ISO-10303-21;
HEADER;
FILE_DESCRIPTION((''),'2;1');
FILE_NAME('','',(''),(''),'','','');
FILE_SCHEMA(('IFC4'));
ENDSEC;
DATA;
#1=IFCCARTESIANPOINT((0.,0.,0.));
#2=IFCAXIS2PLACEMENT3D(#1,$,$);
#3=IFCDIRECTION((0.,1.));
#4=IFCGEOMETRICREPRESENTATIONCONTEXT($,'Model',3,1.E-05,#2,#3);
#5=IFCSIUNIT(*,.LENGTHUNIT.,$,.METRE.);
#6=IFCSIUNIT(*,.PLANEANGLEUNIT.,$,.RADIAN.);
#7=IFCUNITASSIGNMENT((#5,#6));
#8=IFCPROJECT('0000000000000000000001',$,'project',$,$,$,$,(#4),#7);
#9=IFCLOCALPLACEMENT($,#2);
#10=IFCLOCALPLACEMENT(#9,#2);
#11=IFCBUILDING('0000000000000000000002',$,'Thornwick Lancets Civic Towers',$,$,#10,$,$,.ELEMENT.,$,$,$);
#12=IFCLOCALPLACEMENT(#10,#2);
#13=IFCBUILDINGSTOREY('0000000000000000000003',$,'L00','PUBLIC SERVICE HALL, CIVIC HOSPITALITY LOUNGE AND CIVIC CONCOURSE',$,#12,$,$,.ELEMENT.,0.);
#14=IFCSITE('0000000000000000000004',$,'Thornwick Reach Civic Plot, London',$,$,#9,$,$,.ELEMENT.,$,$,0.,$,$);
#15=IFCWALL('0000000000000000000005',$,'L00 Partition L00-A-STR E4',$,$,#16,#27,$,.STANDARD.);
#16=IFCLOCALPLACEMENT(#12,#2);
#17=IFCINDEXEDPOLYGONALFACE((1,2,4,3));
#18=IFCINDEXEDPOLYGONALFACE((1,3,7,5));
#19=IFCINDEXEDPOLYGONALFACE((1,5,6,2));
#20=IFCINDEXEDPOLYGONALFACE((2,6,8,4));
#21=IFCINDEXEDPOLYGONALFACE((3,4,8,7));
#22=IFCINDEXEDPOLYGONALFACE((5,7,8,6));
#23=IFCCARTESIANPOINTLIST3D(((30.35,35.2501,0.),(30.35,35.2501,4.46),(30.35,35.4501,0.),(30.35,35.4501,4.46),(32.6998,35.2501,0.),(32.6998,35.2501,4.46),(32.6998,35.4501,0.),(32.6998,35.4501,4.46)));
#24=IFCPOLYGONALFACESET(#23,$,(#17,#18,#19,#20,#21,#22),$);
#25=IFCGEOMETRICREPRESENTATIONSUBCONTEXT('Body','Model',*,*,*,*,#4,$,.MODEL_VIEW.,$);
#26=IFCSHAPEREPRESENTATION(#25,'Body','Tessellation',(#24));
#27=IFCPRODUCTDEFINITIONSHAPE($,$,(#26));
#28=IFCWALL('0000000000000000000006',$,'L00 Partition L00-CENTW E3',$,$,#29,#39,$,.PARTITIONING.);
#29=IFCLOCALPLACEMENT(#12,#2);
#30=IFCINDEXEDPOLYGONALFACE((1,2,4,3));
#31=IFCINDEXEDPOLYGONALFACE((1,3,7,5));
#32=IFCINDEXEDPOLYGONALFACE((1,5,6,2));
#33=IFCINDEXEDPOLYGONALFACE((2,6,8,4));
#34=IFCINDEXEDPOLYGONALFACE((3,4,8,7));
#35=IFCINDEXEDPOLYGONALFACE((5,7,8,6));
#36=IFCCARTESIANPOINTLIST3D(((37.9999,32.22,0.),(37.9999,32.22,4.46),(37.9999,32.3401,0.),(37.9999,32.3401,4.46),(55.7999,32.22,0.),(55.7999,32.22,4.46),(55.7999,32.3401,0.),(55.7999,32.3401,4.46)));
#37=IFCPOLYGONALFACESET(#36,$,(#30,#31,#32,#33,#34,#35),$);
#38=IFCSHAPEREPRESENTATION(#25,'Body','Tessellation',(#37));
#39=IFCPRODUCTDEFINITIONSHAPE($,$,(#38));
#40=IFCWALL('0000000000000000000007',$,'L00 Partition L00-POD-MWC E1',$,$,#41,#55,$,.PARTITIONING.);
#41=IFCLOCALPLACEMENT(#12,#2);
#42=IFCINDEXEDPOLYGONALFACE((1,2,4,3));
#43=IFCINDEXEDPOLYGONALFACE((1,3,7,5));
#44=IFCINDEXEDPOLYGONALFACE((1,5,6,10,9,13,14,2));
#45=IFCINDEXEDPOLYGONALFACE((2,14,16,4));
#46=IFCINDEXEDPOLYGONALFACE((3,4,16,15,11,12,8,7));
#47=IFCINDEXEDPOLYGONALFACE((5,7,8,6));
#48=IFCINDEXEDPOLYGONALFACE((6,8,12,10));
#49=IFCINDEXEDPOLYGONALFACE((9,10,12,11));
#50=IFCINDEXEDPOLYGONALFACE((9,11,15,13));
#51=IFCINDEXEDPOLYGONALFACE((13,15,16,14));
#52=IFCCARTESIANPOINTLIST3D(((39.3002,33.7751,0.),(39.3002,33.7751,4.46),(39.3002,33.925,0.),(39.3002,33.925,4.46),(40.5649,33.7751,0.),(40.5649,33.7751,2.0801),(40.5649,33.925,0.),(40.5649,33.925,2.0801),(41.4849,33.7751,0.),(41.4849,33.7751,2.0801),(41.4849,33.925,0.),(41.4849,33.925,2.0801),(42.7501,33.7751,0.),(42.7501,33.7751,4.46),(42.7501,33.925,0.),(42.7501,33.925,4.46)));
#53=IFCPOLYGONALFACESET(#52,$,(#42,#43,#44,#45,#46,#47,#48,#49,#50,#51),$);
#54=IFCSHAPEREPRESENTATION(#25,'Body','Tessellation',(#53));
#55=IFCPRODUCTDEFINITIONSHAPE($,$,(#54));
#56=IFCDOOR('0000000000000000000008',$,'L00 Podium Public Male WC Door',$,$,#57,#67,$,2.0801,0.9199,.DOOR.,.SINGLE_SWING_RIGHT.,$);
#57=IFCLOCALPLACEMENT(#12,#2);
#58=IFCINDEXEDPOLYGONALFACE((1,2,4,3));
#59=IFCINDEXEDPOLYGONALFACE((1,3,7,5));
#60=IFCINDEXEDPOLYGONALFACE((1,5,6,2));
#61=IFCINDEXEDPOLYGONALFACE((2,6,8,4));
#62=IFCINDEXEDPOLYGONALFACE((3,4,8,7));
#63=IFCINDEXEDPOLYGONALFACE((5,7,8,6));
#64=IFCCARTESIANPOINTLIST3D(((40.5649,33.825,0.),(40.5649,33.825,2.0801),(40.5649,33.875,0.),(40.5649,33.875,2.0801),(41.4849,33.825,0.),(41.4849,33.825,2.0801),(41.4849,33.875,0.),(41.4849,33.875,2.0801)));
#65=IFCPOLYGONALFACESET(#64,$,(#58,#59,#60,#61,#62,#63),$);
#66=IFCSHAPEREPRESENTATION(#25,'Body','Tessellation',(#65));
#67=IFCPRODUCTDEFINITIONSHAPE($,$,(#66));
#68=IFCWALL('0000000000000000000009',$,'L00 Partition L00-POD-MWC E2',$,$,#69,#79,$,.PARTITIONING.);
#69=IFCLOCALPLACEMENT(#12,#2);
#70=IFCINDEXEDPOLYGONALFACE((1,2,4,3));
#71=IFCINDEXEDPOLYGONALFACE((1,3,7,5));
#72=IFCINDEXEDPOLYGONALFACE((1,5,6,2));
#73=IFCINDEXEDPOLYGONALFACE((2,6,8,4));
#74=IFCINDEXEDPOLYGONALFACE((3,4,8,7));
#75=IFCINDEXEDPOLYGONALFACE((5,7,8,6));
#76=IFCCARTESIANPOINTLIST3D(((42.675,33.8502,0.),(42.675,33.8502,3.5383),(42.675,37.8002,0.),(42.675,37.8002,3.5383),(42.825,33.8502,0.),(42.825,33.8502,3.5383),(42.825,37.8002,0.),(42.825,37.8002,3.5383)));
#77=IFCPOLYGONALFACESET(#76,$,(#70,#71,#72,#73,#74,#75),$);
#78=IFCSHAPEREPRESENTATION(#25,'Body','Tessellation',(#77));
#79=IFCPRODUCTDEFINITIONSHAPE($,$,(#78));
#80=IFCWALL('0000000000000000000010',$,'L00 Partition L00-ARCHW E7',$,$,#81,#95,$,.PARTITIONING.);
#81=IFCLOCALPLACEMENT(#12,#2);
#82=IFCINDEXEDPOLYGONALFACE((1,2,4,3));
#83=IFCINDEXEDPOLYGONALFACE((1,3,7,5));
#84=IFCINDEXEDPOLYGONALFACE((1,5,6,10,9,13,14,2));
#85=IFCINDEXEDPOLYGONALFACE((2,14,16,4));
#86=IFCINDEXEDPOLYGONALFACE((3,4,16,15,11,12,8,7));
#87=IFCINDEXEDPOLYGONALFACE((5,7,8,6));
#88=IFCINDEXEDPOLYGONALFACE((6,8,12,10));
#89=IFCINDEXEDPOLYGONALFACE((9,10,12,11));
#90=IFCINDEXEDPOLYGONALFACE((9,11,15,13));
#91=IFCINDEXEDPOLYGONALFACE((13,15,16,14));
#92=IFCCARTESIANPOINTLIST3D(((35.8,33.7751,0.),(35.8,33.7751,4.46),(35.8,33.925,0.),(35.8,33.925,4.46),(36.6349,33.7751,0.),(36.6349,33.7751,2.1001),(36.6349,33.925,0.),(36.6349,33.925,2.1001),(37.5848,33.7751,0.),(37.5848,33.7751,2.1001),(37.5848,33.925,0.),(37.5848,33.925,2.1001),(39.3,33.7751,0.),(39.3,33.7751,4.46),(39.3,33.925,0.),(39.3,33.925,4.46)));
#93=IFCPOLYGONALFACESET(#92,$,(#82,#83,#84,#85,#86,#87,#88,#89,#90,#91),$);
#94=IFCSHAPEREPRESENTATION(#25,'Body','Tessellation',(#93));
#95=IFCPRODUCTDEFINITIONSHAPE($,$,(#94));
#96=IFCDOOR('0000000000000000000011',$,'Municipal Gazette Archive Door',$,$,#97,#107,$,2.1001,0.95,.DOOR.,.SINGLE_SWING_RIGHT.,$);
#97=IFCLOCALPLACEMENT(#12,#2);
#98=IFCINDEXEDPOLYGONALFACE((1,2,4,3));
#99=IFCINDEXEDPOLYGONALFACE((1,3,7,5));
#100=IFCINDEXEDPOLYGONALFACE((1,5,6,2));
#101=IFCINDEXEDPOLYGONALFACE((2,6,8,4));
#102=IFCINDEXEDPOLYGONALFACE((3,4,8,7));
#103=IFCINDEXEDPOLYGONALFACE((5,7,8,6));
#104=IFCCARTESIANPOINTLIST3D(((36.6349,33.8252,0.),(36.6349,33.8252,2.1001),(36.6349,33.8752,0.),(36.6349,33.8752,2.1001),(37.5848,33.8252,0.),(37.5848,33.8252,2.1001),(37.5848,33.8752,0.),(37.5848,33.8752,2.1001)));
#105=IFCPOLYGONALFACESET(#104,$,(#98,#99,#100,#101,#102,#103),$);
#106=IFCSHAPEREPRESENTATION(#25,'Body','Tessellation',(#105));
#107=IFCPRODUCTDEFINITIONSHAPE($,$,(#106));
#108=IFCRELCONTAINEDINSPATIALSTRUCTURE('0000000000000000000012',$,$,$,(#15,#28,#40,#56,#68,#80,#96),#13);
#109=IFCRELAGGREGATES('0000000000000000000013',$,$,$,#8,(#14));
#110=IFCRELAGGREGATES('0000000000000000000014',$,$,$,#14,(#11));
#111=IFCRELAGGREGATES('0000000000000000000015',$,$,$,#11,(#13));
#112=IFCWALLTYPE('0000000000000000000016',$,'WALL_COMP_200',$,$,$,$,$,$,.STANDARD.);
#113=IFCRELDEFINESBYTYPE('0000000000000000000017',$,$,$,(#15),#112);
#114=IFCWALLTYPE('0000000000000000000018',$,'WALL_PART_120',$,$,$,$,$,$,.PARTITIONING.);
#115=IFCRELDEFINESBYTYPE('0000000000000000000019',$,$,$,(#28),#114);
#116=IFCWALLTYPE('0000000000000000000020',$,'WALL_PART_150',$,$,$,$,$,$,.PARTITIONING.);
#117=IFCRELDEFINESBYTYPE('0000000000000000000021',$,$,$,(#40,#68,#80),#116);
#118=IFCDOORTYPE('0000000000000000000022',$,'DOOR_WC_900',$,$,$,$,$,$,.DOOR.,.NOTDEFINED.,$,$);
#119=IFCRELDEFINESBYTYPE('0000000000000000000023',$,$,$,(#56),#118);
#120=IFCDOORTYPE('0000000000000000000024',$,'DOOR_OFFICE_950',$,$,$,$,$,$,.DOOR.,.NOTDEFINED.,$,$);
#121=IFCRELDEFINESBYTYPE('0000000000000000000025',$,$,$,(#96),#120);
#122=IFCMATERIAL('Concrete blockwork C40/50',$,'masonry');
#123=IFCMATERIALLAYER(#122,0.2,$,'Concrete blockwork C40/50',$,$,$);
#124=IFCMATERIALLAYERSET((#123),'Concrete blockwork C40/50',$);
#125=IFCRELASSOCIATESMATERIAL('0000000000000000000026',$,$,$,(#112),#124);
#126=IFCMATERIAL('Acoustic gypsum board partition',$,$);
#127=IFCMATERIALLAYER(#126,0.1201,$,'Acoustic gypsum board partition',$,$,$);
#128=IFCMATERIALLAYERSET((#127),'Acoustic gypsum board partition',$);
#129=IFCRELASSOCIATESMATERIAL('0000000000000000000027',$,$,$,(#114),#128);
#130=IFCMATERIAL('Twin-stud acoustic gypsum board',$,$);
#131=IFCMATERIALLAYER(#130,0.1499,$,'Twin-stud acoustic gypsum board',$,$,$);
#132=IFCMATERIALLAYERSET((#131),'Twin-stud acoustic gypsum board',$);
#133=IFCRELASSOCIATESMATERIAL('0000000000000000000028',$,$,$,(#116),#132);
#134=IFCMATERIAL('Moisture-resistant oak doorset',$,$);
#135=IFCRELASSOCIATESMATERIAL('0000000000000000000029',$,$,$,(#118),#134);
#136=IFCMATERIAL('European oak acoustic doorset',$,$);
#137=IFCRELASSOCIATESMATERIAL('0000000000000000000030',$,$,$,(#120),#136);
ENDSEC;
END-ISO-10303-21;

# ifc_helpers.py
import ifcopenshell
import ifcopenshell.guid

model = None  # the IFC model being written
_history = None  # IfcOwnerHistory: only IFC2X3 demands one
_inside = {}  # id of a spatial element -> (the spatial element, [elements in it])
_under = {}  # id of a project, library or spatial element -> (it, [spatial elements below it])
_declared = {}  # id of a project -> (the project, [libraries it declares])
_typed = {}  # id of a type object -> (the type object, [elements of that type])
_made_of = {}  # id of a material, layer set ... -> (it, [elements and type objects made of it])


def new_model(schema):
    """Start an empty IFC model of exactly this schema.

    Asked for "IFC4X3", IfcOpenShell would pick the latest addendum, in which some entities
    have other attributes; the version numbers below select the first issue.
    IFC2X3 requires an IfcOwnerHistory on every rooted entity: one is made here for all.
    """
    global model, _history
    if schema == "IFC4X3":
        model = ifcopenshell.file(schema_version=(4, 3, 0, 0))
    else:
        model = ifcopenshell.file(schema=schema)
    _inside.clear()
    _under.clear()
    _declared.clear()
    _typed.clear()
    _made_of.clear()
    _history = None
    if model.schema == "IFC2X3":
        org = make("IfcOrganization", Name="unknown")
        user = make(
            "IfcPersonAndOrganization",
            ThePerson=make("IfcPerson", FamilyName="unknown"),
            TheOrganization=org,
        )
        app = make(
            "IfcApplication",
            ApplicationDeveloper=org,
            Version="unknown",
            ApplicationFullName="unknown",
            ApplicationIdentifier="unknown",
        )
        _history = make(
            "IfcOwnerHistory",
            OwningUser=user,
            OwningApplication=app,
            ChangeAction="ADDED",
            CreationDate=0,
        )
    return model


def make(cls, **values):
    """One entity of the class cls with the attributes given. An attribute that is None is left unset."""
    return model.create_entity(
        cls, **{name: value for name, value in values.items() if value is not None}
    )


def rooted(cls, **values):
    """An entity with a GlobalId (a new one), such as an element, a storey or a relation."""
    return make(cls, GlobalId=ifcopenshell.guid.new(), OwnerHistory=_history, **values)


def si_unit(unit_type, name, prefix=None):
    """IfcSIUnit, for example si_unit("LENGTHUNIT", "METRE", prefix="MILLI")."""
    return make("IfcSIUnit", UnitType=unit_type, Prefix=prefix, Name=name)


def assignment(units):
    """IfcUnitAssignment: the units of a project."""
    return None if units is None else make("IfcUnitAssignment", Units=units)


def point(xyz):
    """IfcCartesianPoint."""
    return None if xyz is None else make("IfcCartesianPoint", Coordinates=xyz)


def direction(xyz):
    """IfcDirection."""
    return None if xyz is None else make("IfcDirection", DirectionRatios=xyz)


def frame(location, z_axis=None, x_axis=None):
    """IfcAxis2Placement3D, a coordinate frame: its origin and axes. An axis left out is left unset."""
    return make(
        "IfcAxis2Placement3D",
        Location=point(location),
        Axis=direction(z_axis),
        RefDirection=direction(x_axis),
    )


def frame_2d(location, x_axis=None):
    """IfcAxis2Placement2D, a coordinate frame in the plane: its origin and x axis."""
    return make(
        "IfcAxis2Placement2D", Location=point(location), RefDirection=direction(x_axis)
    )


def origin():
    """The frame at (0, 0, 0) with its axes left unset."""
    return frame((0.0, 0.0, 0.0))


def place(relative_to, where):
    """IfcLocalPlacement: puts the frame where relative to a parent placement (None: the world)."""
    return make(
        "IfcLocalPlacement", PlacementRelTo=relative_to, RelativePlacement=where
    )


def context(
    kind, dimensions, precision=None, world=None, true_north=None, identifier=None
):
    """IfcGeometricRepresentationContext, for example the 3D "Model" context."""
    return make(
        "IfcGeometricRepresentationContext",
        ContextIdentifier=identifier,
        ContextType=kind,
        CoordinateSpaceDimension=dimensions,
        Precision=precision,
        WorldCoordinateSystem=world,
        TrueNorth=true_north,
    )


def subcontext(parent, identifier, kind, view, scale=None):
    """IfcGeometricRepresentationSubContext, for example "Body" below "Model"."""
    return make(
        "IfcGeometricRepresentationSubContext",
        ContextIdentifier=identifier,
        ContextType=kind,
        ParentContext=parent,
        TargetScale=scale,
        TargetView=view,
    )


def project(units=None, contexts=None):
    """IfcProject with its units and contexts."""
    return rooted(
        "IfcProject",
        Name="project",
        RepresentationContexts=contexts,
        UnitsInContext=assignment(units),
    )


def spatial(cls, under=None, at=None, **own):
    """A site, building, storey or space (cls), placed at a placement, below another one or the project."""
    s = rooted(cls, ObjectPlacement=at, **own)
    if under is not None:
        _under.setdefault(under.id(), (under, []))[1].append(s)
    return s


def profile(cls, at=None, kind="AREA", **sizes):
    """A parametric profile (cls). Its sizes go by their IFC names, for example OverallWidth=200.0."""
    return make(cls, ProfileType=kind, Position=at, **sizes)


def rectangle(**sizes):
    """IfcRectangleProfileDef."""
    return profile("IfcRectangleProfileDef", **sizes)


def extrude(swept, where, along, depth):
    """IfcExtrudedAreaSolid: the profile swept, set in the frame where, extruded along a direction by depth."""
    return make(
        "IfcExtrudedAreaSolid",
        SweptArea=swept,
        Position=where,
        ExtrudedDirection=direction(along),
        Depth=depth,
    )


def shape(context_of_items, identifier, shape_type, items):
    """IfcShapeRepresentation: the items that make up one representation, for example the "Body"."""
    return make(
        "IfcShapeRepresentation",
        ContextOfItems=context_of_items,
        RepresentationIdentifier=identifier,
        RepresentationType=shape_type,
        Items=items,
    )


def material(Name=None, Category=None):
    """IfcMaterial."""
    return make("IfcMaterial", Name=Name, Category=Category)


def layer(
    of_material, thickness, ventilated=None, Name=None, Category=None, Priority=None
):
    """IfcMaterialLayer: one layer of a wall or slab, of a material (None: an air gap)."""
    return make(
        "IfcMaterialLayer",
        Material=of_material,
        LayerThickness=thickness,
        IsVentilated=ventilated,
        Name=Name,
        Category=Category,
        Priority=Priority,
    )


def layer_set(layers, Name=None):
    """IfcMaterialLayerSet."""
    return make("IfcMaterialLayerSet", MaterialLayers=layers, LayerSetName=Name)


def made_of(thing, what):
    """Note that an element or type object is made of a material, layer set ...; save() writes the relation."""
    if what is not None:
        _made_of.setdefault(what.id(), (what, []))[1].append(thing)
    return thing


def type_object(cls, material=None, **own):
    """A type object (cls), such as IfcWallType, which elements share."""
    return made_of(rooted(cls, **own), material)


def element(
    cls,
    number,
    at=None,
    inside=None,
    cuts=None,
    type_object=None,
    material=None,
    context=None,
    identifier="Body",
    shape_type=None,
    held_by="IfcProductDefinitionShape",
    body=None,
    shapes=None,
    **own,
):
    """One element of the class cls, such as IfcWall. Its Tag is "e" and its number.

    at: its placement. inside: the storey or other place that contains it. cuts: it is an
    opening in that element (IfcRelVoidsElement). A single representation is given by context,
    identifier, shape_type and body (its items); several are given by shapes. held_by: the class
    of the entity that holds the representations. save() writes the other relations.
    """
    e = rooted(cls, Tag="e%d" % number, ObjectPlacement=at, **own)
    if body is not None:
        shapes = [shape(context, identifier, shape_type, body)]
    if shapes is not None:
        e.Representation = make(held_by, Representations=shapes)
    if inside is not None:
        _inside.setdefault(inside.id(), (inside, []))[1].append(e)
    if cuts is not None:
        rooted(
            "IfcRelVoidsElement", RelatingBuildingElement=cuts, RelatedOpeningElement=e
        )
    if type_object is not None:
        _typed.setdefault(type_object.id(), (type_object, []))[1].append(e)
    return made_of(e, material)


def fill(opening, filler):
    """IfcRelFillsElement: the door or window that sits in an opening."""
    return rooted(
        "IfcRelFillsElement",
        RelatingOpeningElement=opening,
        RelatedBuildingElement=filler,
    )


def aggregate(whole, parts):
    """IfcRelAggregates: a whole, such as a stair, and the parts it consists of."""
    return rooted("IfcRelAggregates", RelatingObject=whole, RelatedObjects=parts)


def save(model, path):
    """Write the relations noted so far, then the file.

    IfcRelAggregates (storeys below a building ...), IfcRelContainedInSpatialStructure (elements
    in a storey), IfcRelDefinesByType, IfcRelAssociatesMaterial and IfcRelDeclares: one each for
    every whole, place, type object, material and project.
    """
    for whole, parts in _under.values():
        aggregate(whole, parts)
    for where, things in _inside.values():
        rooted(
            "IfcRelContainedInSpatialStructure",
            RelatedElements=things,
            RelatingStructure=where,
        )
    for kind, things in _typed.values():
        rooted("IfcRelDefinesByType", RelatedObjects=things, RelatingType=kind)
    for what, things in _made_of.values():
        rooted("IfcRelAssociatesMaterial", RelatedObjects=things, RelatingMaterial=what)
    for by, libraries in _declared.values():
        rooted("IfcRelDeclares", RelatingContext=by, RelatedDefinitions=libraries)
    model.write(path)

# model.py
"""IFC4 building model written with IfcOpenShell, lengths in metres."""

from ifc_helpers import new_model, si_unit, direction, frame, frame_2d, origin, place, context, subcontext, project, spatial, rectangle, extrude, material, layer, layer_set, type_object, element, fill, save


model = new_model("IFC4")

# Units and contexts
model_context = context("Model", 3, precision=1e-05, world=origin(), true_north=direction((0.0, 1.0)))
body_context = subcontext(model_context, "Body", "Model", "MODEL_VIEW")
ifc_project = project(units=[si_unit("LENGTHUNIT", "METRE"), si_unit("PLANEANGLEUNIT", "RADIAN")], contexts=[model_context])

# Site, building, storey
site_placement = place(None, origin())
site = spatial("IfcSite", under=ifc_project, at=site_placement, Name="Thornwick Reach Civic Plot, London", CompositionType="ELEMENT", RefElevation=0.0)
building_placement = place(site_placement, origin())
building = spatial("IfcBuilding", under=site, at=building_placement, Name="Thornwick Lancets Civic Towers", CompositionType="ELEMENT")
storey_placement = place(building_placement, origin())
storey = spatial("IfcBuildingStorey", under=building, at=storey_placement, Name="L00", Description="PUBLIC SERVICE HALL, CIVIC HOSPITALITY LOUNGE AND CIVIC CONCOURSE", CompositionType="ELEMENT", Elevation=0.0)

# Shared definitions
ifc_material_1 = material(Name="Concrete blockwork C40/50", Category="masonry")
ifc_layer_1 = layer(ifc_material_1, 0.2, Name="Concrete blockwork C40/50")
ifc_layer_set_1 = layer_set([ifc_layer_1], Name="Concrete blockwork C40/50")
wall_type_1 = type_object("IfcWallType", Name="WALL_COMP_200", PredefinedType="STANDARD", material=ifc_layer_set_1)

# Walls
wall_1_placement = place(storey_placement, frame((30.3501, 35.3501, 0.0), z_axis=(0.0, 0.0, 1.0), x_axis=(1.0, 0.0, 0.0)))
element("IfcWall", 1, at=wall_1_placement, inside=storey, type_object=wall_type_1, Name="L00 Partition L00-A-STR E4", PredefinedType="STANDARD", context=body_context, shape_type="SweptSolid", body=[
    extrude(rectangle(XDim=2.3499, YDim=0.2, at=frame_2d((1.1748, 0.0))), origin(), (0.0, 0.0, 1.0), 4.46),
])
ifc_material_2 = material(Name="Acoustic gypsum board partition")
ifc_layer_2 = layer(ifc_material_2, 0.1201, Name="Acoustic gypsum board partition")
ifc_layer_set_2 = layer_set([ifc_layer_2], Name="Acoustic gypsum board partition")
wall_type_2 = type_object("IfcWallType", Name="WALL_PART_120", PredefinedType="PARTITIONING", material=ifc_layer_set_2)
wall_2_placement = place(storey_placement, frame((38.0, 32.28, 0.0), z_axis=(0.0, 0.0, 1.0), x_axis=(1.0, 0.0, 0.0)))
element("IfcWall", 2, at=wall_2_placement, inside=storey, type_object=wall_type_2, Name="L00 Partition L00-CENTW E3", PredefinedType="PARTITIONING", context=body_context, shape_type="SweptSolid", body=[
    extrude(rectangle(XDim=17.8, YDim=0.1201, at=frame_2d((8.8999, 0.0))), origin(), (0.0, 0.0, 1.0), 4.46),
])

# Wall, opening, door
ifc_material_3 = material(Name="Twin-stud acoustic gypsum board")
ifc_layer_3 = layer(ifc_material_3, 0.1499, Name="Twin-stud acoustic gypsum board")
ifc_layer_set_3 = layer_set([ifc_layer_3], Name="Twin-stud acoustic gypsum board")
wall_type_3 = type_object("IfcWallType", Name="WALL_PART_150", PredefinedType="PARTITIONING", material=ifc_layer_set_3)
wall_3_placement = place(storey_placement, frame((39.3, 33.8501, 0.0), z_axis=(0.0, 0.0, 1.0), x_axis=(1.0, 0.0, 0.0)))
wall_3 = element("IfcWall", 3, at=wall_3_placement, inside=storey, type_object=wall_type_3, Name="L00 Partition L00-POD-MWC E1", PredefinedType="PARTITIONING", context=body_context, shape_type="SweptSolid", body=[
    extrude(rectangle(XDim=3.45, YDim=0.1499, at=frame_2d((1.7251, 0.0))), origin(), (0.0, 0.0, 1.0), 4.46),
])
opening_1_placement = place(wall_3_placement, frame((1.2649, 0.0, 0.0)))
opening_1 = element("IfcOpeningElement", 4, at=opening_1_placement, cuts=wall_3, PredefinedType="OPENING", context=body_context, shape_type="SweptSolid", body=[
    extrude(rectangle(XDim=0.9199, YDim=2.0801, at=frame_2d((0.46, 1.04))), frame((0.0, 0.085, 0.0), z_axis=(0.0, -1.0, 0.0), x_axis=(1.0, 0.0, 0.0)), (0.0, 0.0, 1.0), 0.1699),
])
ifc_material_4 = material(Name="Moisture-resistant oak doorset")
door_type_1 = type_object("IfcDoorType", Name="DOOR_WC_900", OperationType="NOTDEFINED", PredefinedType="DOOR", material=ifc_material_4)
door_1_placement = place(opening_1_placement, origin())
door_1 = element("IfcDoor", 5, at=door_1_placement, inside=storey, type_object=door_type_1, Name="L00 Podium Public Male WC Door", OperationType="SINGLE_SWING_RIGHT", OverallHeight=2.0801, OverallWidth=0.9199, PredefinedType="DOOR", context=body_context, shape_type="SweptSolid", body=[
    extrude(rectangle(XDim=0.9199, YDim=2.0801, at=frame_2d((0.46, 1.04))), frame((0.0, 0.0249, 0.0), z_axis=(0.0, -1.0, 0.0), x_axis=(1.0, 0.0, 0.0)), (0.0, 0.0, 1.0), 0.05),
])
fill(opening_1, door_1)

# Wall
wall_4_placement = place(storey_placement, frame((42.75, 33.8501, 0.0), z_axis=(0.0, 0.0, 1.0), x_axis=(0.0, 1.0, 0.0)))
element("IfcWall", 6, at=wall_4_placement, inside=storey, type_object=wall_type_3, Name="L00 Partition L00-POD-MWC E2", PredefinedType="PARTITIONING", context=body_context, shape_type="SweptSolid", body=[
    extrude(rectangle(XDim=3.95, YDim=0.1499, at=frame_2d((1.9751, 0.0))), origin(), (0.0, 0.0, 1.0), 3.5383),
])

# Wall, opening, door
wall_5_placement = place(storey_placement, frame((39.3, 33.8501, 0.0), z_axis=(0.0, 0.0, 1.0), x_axis=(-1.0, 0.0, 0.0)))
wall_5 = element("IfcWall", 7, at=wall_5_placement, inside=storey, type_object=wall_type_3, Name="L00 Partition L00-ARCHW E7", PredefinedType="PARTITIONING", context=body_context, shape_type="SweptSolid", body=[
    extrude(rectangle(XDim=3.5, YDim=0.1499, at=frame_2d((1.75, 0.0))), origin(), (0.0, 0.0, 1.0), 4.46),
])
opening_2_placement = place(wall_5_placement, frame((1.7151, 0.0, 0.0)))
opening_2 = element("IfcOpeningElement", 8, at=opening_2_placement, cuts=wall_5, PredefinedType="OPENING", context=body_context, shape_type="SweptSolid", body=[
    extrude(rectangle(XDim=0.95, YDim=2.1001, at=frame_2d((0.4751, 1.05))), frame((0.0, 0.085, 0.0), z_axis=(0.0, -1.0, 0.0), x_axis=(1.0, 0.0, 0.0)), (0.0, 0.0, 1.0), 0.1699),
])
ifc_material_5 = material(Name="European oak acoustic doorset")
door_type_2 = type_object("IfcDoorType", Name="DOOR_OFFICE_950", OperationType="NOTDEFINED", PredefinedType="DOOR", material=ifc_material_5)
door_2_placement = place(opening_2_placement, origin())
door_2 = element("IfcDoor", 9, at=door_2_placement, inside=storey, type_object=door_type_2, Name="Municipal Gazette Archive Door", OperationType="SINGLE_SWING_RIGHT", OverallHeight=2.1001, OverallWidth=0.95, PredefinedType="DOOR", context=body_context, shape_type="SweptSolid", body=[
    extrude(rectangle(XDim=0.95, YDim=2.1001, at=frame_2d((0.4751, 1.05))), frame((0.0, 0.0249, 0.0), z_axis=(0.0, -1.0, 0.0), x_axis=(1.0, 0.0, 0.0)), (0.0, 0.0, 1.0), 0.05),
])
fill(opening_2, door_2)

save(model, "model.ifc")
